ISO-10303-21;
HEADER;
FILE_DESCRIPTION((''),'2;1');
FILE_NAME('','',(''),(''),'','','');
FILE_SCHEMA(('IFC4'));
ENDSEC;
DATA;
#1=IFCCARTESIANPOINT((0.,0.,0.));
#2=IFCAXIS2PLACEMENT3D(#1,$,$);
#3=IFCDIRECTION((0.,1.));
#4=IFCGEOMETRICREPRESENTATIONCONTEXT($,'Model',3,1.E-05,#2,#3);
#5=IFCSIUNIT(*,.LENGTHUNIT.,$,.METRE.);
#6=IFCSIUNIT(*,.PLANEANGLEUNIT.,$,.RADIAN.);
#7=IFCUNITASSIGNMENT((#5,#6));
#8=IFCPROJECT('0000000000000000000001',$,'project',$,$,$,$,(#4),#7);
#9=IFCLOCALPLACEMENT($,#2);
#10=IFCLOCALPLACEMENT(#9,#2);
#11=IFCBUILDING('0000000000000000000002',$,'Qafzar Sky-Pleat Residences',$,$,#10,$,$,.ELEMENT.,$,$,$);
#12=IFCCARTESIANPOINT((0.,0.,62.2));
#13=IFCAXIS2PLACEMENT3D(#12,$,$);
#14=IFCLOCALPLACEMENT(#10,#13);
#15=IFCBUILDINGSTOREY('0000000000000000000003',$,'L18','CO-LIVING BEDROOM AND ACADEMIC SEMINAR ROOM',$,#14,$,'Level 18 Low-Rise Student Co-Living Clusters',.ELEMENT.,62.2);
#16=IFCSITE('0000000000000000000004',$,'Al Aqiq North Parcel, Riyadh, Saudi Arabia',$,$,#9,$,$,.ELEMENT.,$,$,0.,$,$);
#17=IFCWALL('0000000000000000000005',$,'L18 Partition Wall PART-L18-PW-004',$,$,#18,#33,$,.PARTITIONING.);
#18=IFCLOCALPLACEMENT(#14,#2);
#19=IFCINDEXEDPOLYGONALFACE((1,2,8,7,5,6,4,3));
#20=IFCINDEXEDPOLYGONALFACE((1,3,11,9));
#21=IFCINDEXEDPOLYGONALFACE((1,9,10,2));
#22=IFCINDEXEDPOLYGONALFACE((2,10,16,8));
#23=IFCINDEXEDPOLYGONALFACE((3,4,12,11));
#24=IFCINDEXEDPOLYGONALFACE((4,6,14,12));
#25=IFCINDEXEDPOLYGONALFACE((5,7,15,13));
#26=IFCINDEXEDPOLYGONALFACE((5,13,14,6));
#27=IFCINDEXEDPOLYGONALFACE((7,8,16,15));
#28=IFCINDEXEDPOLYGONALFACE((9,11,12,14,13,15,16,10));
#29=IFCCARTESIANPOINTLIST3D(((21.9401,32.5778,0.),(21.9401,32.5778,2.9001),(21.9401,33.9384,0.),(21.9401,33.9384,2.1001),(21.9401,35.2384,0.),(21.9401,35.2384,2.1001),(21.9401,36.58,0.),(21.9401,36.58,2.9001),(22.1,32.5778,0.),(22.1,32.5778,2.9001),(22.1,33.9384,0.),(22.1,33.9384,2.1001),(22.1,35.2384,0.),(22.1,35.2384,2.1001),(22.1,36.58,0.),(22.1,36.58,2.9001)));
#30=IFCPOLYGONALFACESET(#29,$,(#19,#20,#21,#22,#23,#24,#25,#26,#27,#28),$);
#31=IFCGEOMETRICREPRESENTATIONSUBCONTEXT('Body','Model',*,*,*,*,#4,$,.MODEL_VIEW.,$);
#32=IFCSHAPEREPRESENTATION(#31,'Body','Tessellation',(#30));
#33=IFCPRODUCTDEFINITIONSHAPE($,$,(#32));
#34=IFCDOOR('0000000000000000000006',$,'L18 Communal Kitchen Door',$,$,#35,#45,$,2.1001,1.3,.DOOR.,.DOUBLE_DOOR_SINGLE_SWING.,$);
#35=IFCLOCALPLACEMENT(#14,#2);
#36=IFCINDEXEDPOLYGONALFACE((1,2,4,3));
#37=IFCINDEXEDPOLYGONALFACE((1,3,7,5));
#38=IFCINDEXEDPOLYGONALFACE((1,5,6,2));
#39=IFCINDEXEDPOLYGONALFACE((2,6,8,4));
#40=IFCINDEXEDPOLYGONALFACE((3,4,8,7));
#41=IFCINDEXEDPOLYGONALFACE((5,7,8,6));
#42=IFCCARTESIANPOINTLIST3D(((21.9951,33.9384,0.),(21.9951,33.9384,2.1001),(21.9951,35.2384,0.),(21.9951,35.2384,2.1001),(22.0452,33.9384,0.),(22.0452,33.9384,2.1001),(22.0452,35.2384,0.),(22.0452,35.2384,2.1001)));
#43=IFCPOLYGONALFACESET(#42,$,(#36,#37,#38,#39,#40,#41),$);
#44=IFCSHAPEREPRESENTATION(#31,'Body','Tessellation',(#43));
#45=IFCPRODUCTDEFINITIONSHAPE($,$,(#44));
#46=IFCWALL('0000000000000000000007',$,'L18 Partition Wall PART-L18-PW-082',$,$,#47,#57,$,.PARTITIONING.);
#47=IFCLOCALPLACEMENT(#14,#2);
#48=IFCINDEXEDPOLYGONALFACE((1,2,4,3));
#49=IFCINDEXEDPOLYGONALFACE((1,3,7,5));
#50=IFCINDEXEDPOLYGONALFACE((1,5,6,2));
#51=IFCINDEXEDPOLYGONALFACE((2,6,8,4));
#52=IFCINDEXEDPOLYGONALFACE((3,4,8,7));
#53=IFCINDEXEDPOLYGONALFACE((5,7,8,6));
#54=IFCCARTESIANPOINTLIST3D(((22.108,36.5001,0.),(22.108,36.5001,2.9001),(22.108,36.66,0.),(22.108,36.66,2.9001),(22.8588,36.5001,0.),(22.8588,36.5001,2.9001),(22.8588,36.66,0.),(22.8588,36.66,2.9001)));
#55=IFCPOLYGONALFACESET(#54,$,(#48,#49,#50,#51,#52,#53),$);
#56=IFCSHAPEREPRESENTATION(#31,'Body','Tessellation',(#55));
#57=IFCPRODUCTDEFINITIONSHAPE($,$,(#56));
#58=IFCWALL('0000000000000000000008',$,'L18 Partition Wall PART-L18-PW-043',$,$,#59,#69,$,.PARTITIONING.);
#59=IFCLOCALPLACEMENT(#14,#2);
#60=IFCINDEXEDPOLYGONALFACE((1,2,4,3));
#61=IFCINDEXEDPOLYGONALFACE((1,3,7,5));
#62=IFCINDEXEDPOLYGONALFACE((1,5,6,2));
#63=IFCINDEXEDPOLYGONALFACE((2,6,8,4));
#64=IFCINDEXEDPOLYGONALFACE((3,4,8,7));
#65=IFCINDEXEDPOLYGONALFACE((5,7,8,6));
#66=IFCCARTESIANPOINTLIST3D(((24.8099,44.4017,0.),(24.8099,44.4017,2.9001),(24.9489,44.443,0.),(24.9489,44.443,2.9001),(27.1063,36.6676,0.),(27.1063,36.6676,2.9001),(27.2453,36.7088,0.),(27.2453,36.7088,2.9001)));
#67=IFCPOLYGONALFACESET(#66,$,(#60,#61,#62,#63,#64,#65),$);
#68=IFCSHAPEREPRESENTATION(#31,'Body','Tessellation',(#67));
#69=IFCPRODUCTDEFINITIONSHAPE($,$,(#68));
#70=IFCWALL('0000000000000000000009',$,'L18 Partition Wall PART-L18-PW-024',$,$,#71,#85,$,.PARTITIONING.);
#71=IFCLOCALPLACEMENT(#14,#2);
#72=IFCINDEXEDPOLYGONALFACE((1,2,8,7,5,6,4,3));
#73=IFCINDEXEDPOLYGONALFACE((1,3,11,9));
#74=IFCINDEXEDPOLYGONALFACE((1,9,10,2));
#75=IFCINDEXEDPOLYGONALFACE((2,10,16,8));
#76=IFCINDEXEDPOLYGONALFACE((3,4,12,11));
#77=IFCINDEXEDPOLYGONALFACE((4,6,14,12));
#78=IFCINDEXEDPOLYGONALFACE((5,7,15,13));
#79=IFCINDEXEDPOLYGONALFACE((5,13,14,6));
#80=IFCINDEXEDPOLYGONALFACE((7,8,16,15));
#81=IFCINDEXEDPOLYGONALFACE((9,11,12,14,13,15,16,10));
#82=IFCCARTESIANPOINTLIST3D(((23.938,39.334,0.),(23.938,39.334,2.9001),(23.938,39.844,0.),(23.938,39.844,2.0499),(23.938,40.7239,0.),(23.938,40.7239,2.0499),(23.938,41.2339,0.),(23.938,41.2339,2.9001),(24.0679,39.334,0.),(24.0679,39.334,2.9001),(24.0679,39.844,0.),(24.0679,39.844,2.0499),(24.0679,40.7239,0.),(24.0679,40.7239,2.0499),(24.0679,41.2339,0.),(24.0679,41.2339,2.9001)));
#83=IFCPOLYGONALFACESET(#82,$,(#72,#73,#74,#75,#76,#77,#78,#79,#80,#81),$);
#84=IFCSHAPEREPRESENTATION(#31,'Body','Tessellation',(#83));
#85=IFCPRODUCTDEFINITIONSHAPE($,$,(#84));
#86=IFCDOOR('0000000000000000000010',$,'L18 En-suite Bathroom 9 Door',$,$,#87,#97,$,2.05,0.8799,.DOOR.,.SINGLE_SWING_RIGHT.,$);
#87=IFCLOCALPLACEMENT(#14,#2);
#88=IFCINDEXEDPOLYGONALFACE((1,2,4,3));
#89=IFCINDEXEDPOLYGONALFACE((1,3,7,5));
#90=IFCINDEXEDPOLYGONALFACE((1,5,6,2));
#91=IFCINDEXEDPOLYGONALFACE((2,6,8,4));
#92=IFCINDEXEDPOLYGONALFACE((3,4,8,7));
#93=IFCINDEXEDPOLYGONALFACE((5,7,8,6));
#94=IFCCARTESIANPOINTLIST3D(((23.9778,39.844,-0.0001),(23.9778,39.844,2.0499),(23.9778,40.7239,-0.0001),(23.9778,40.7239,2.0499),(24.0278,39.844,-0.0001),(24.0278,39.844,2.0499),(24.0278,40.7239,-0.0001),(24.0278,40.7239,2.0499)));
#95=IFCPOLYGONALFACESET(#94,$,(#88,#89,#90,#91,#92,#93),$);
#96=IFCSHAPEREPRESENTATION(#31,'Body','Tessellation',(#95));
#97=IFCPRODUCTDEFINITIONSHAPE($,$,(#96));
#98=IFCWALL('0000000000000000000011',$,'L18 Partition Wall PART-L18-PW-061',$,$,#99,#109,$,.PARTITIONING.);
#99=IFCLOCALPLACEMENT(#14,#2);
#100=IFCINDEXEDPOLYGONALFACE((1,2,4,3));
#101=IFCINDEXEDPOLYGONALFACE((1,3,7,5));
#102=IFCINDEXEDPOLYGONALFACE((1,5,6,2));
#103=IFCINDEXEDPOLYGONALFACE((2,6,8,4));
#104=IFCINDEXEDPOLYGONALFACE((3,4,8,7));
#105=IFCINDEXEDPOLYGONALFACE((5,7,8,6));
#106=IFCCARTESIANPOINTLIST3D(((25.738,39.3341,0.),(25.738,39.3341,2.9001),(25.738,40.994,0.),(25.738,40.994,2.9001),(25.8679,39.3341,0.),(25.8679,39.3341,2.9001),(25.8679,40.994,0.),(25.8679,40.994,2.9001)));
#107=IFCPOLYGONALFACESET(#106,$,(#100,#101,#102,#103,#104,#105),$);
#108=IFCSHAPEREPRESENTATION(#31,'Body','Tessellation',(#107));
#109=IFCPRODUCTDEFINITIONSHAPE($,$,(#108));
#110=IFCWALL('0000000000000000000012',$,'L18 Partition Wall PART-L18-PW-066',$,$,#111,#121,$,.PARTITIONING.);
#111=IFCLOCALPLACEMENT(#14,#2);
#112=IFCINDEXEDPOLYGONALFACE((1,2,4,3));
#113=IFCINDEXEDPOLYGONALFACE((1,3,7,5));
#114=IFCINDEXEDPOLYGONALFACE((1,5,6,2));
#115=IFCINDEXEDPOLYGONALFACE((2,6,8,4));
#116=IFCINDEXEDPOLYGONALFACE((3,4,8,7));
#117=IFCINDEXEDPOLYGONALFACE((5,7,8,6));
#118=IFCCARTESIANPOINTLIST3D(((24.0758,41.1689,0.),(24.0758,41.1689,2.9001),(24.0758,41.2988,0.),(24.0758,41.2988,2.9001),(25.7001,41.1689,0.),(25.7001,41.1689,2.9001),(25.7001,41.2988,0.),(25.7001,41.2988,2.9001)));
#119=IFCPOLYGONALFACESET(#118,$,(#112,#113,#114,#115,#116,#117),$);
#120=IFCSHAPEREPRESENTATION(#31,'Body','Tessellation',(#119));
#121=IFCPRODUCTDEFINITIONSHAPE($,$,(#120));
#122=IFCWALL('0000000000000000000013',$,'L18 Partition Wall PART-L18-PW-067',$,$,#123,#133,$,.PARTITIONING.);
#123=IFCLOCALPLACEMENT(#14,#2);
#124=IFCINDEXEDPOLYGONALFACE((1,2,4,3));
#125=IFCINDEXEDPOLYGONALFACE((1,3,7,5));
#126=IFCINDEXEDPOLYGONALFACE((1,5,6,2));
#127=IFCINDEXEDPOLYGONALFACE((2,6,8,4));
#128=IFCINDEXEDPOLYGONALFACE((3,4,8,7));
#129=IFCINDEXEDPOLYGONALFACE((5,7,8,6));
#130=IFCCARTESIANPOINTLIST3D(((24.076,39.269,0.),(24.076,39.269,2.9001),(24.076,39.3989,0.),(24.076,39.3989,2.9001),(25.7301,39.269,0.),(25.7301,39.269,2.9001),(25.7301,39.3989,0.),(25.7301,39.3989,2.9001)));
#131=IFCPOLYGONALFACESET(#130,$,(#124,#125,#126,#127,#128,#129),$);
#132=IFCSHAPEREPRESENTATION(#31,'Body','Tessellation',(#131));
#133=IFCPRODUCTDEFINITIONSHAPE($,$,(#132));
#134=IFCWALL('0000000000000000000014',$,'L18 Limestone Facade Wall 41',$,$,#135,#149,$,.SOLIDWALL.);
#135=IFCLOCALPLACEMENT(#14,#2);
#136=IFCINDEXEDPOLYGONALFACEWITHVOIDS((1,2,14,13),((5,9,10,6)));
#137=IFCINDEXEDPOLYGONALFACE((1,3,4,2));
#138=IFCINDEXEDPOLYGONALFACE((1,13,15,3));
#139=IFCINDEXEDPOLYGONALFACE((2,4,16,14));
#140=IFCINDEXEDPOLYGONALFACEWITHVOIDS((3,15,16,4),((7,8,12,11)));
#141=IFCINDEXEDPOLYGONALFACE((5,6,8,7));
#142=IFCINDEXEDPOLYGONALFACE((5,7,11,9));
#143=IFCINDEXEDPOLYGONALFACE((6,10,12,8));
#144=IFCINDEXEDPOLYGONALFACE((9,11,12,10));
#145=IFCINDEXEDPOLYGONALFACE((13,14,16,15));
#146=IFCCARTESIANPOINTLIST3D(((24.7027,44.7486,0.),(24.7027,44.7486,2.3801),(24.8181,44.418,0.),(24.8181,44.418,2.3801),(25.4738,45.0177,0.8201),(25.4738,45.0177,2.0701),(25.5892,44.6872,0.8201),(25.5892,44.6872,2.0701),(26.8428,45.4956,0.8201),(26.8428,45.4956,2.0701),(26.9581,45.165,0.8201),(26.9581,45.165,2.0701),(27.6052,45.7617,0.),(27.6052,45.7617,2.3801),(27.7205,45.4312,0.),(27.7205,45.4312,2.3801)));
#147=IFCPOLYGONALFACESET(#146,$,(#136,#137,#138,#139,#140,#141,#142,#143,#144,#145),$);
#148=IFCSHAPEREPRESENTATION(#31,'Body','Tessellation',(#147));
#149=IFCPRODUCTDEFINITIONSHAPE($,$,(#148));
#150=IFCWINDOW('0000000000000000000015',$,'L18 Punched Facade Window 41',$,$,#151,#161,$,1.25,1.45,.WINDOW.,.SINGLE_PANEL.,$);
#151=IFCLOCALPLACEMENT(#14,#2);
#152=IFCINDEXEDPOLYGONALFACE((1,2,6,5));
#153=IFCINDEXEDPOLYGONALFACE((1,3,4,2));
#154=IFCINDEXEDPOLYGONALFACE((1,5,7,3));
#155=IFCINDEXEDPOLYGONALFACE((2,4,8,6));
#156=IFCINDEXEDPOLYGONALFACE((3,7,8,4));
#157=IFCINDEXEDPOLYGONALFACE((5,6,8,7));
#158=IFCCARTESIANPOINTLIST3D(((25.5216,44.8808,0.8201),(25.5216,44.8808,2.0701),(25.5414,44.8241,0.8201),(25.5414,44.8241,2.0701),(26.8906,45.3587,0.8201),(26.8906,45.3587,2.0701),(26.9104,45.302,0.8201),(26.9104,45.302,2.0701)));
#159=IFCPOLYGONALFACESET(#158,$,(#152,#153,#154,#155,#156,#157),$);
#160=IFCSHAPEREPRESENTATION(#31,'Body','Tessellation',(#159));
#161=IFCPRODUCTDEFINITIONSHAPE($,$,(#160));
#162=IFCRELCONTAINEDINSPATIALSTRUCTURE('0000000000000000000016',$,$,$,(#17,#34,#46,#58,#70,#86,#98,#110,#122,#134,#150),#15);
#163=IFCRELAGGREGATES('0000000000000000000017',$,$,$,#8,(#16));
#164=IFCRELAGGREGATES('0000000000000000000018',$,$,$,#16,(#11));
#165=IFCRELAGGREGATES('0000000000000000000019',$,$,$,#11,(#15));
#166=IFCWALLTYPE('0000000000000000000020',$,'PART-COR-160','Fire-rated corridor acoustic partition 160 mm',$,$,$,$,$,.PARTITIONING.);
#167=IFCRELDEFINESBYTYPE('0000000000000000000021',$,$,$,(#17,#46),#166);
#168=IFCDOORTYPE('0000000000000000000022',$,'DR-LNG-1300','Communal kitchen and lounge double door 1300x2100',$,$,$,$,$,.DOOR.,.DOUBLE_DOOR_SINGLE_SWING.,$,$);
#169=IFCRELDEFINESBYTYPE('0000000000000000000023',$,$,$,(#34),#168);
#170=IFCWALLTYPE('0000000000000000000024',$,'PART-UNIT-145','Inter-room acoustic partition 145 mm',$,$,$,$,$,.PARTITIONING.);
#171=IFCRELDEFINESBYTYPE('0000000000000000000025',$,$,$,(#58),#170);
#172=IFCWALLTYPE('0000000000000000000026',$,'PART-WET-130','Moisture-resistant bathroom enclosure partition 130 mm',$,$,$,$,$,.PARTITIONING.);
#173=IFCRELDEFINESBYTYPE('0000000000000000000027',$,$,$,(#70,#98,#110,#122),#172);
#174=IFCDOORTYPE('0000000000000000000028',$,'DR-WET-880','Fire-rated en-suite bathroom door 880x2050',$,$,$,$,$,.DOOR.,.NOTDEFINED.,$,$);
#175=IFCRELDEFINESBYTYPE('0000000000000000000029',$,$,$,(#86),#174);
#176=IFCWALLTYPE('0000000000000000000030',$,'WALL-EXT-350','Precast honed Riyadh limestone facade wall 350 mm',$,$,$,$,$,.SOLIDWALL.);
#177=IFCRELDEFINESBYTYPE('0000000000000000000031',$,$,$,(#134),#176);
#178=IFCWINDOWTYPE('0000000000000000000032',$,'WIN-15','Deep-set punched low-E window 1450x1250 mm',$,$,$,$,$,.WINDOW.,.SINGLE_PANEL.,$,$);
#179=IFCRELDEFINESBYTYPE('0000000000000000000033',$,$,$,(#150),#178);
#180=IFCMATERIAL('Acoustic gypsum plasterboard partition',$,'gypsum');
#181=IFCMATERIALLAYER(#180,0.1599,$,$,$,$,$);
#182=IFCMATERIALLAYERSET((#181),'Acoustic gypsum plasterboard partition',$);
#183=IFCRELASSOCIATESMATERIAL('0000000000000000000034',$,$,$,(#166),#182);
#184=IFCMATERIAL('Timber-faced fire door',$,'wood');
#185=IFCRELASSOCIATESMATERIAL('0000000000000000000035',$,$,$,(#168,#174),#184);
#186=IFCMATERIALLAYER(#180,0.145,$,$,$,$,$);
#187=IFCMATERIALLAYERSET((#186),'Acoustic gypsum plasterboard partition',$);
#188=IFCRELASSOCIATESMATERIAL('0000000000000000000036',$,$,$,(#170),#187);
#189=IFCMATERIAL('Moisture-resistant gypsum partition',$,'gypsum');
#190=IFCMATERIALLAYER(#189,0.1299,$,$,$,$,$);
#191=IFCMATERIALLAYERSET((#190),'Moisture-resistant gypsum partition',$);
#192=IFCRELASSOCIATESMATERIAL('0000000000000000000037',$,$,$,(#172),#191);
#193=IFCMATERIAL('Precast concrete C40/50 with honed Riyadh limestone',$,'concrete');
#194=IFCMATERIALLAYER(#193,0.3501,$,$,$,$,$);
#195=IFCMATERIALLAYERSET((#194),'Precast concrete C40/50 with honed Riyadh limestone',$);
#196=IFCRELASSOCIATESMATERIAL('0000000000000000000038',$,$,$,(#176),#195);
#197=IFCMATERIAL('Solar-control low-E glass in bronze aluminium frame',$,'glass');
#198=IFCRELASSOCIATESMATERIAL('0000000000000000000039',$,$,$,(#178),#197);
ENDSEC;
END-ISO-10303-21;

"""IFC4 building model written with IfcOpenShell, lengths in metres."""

from ifc_helpers import new_model, si_unit, direction, frame, frame_2d, origin, place, context, subcontext, project, spatial, rectangle, extrude, source, transform, mapped, material, layer, layer_set, type_object, element, fill, save


model = new_model("IFC4")

# Units and contexts
model_context = context("Model", 3, precision=1e-05, world=origin(), true_north=direction((0.0, 1.0)))
body_context = subcontext(model_context, "Body", "Model", "MODEL_VIEW")
ifc_project = project(units=[si_unit("LENGTHUNIT", "METRE"), si_unit("PLANEANGLEUNIT", "RADIAN")], contexts=[model_context])

# Site, building, storey
site_placement = place(None, origin())
site = spatial("IfcSite", under=ifc_project, at=site_placement, Name="Al Aqiq North Parcel, Riyadh, Saudi Arabia", CompositionType="ELEMENT", RefElevation=0.0)
building_placement = place(site_placement, origin())
building = spatial("IfcBuilding", under=site, at=building_placement, Name="Qafzar Sky-Pleat Residences", CompositionType="ELEMENT")
storey_placement = place(building_placement, frame((0.0, 0.0, 62.2)))
storey = spatial("IfcBuildingStorey", under=building, at=storey_placement, Name="L18", Description="CO-LIVING BEDROOM AND ACADEMIC SEMINAR ROOM", LongName="Level 18 Low-Rise Student Co-Living Clusters", CompositionType="ELEMENT", Elevation=62.2)

# Wall, opening, door
ifc_material_1 = material(Name="Acoustic gypsum plasterboard partition", Category="gypsum")
ifc_layer_1 = layer(ifc_material_1, 0.1599)
ifc_layer_set_1 = layer_set([ifc_layer_1], Name="Acoustic gypsum plasterboard partition")
wall_type_1 = type_object("IfcWallType", Name="PART-COR-160", Description="Fire-rated corridor acoustic partition 160 mm", PredefinedType="PARTITIONING", material=ifc_layer_set_1)
ifc_material_2 = material(Name="Timber-faced fire door", Category="wood")
door_type_1 = type_object("IfcDoorType", Name="DR-LNG-1300", Description="Communal kitchen and lounge double door 1300x2100", OperationType="DOUBLE_DOOR_SINGLE_SWING", PredefinedType="DOOR", material=ifc_material_2)
shared_shape_1 = source(origin(), body_context, "Body", "SweptSolid", [
    extrude(rectangle(XDim=1.3, YDim=2.1001, at=frame_2d((0.6499, 1.05))), frame((0.0, 0.0249, 0.0), z_axis=(0.0, -1.0, 0.0), x_axis=(1.0, 0.0, 0.0)), (0.0, 0.0, 1.0), 0.05),
])
wall_1_placement = place(storey_placement, frame((22.02, 32.5779, 0.0), z_axis=(0.0, 0.0, 1.0), x_axis=(0.0, 1.0, 0.0)))
wall_1 = element("IfcWall", 1, at=wall_1_placement, inside=storey, type_object=wall_type_1, Name="L18 Partition Wall PART-L18-PW-004", PredefinedType="PARTITIONING", context=body_context, shape_type="SweptSolid", body=[
    extrude(rectangle(XDim=4.0022, YDim=0.1599, at=frame_2d((2.001, 0.0))), origin(), (0.0, 0.0, 1.0), 2.9001),
])
opening_1_placement = place(wall_1_placement, frame((1.3606, 0.0, 0.0)))
opening_1 = element("IfcOpeningElement", 2, at=opening_1_placement, cuts=wall_1, PredefinedType="OPENING", context=body_context, shape_type="SweptSolid", body=[
    extrude(rectangle(XDim=1.3, YDim=2.1001, at=frame_2d((0.6499, 1.05))), frame((0.0, 0.0898, 0.0), z_axis=(0.0, -1.0, 0.0), x_axis=(1.0, 0.0, 0.0)), (0.0, 0.0, 1.0), 0.1799),
])
door_1_placement = place(opening_1_placement, origin())
door_1 = element("IfcDoor", 3, at=door_1_placement, inside=storey, type_object=door_type_1, Name="L18 Communal Kitchen Door", OperationType="DOUBLE_DOOR_SINGLE_SWING", OverallHeight=2.1001, OverallWidth=1.3, PredefinedType="DOOR", context=body_context, shape_type="MappedRepresentation", body=[
    mapped(shared_shape_1, transform((0.0, 0.0, 0.0), x_axis=(1.0, 0.0, 0.0), y_axis=(0.0, 1.0, 0.0), z_axis=(0.0, 0.0, 1.0), scale=1.0)),
])
fill(opening_1, door_1)

# Walls
wall_2_placement = place(storey_placement, frame((22.1079, 36.5801, 0.0), z_axis=(0.0, 0.0, 1.0), x_axis=(1.0, 0.0, 0.0)))
element("IfcWall", 4, at=wall_2_placement, inside=storey, type_object=wall_type_1, Name="L18 Partition Wall PART-L18-PW-082", PredefinedType="PARTITIONING", context=body_context, shape_type="SweptSolid", body=[
    extrude(rectangle(XDim=0.7507, YDim=0.1599, at=frame_2d((0.3755, 0.0))), origin(), (0.0, 0.0, 1.0), 2.9001),
])
ifc_layer_2 = layer(ifc_material_1, 0.145)
ifc_layer_set_2 = layer_set([ifc_layer_2], Name="Acoustic gypsum plasterboard partition")
wall_type_2 = type_object("IfcWallType", Name="PART-UNIT-145", Description="Inter-room acoustic partition 145 mm", PredefinedType="PARTITIONING", material=ifc_layer_set_2)
wall_3_placement = place(storey_placement, frame((24.8794, 44.4224, 0.0), z_axis=(0.0, 0.0, 1.0), x_axis=(0.284634, -0.958636, 0.0)))
element("IfcWall", 5, at=wall_3_placement, inside=storey, type_object=wall_type_2, Name="L18 Partition Wall PART-L18-PW-043", PredefinedType="PARTITIONING", context=body_context, shape_type="SweptSolid", body=[
    extrude(rectangle(XDim=8.0679, YDim=0.145, at=frame_2d((4.0339, 0.0))), origin(), (0.0, 0.0, 1.0), 2.9001),
])

# Wall, opening, door
ifc_material_3 = material(Name="Moisture-resistant gypsum partition", Category="gypsum")
ifc_layer_3 = layer(ifc_material_3, 0.1299)
ifc_layer_set_3 = layer_set([ifc_layer_3], Name="Moisture-resistant gypsum partition")
wall_type_3 = type_object("IfcWallType", Name="PART-WET-130", Description="Moisture-resistant bathroom enclosure partition 130 mm", PredefinedType="PARTITIONING", material=ifc_layer_set_3)
wall_4_placement = place(storey_placement, frame((24.0029, 41.2339, 0.0), z_axis=(0.0, 0.0, 1.0), x_axis=(0.0, -1.0, 0.0)))
wall_4 = element("IfcWall", 6, at=wall_4_placement, inside=storey, type_object=wall_type_3, Name="L18 Partition Wall PART-L18-PW-024", PredefinedType="PARTITIONING", context=body_context, shape_type="SweptSolid", body=[
    extrude(rectangle(XDim=1.8999, YDim=0.1299, at=frame_2d((0.95, 0.0))), origin(), (0.0, 0.0, 1.0), 2.9001),
])
opening_2_placement = place(wall_4_placement, frame((0.51, 0.0, 0.0)))
opening_2 = element("IfcOpeningElement", 7, at=opening_2_placement, cuts=wall_4, PredefinedType="OPENING", context=body_context, shape_type="SweptSolid", body=[
    extrude(rectangle(XDim=0.8799, YDim=2.05, at=frame_2d((0.4399, 1.0249))), frame((0.0, 0.075, 0.0), z_axis=(0.0, -1.0, 0.0), x_axis=(1.0, 0.0, 0.0)), (0.0, 0.0, 1.0), 0.1499),
])
door_type_2 = type_object("IfcDoorType", Name="DR-WET-880", Description="Fire-rated en-suite bathroom door 880x2050", OperationType="NOTDEFINED", PredefinedType="DOOR", material=ifc_material_2)
shared_shape_2 = source(origin(), body_context, "Body", "SweptSolid", [
    extrude(rectangle(XDim=0.8799, YDim=2.05, at=frame_2d((0.4399, 1.0249))), frame((0.0, 0.0249, 0.0), z_axis=(0.0, -1.0, 0.0), x_axis=(1.0, 0.0, 0.0)), (0.0, 0.0, 1.0), 0.05),
])
door_2_placement = place(opening_2_placement, origin())
door_2 = element("IfcDoor", 8, at=door_2_placement, inside=storey, type_object=door_type_2, Name="L18 En-suite Bathroom 9 Door", OperationType="SINGLE_SWING_RIGHT", OverallHeight=2.05, OverallWidth=0.8799, PredefinedType="DOOR", context=body_context, shape_type="MappedRepresentation", body=[
    mapped(shared_shape_2, transform((0.0, 0.0, 0.0), x_axis=(1.0, 0.0, 0.0), y_axis=(0.0, 1.0, 0.0), z_axis=(0.0, 0.0, 1.0), scale=1.0)),
])
fill(opening_2, door_2)

# Walls
wall_5_placement = place(storey_placement, frame((25.803, 39.334, 0.0), z_axis=(0.0, 0.0, 1.0), x_axis=(0.0, 1.0, 0.0)))
element("IfcWall", 9, at=wall_5_placement, inside=storey, type_object=wall_type_3, Name="L18 Partition Wall PART-L18-PW-061", PredefinedType="PARTITIONING", context=body_context, shape_type="SweptSolid", body=[
    extrude(rectangle(XDim=1.6599, YDim=0.1299, at=frame_2d((0.8301, 0.0))), origin(), (0.0, 0.0, 1.0), 2.9001),
])
wall_6_placement = place(storey_placement, frame((24.0759, 41.2339, 0.0), z_axis=(0.0, 0.0, 1.0), x_axis=(1.0, 0.0, 0.0)))
element("IfcWall", 10, at=wall_6_placement, inside=storey, type_object=wall_type_3, Name="L18 Partition Wall PART-L18-PW-066", PredefinedType="PARTITIONING", context=body_context, shape_type="SweptSolid", body=[
    extrude(rectangle(XDim=1.6243, YDim=0.1299, at=frame_2d((0.812, 0.0))), origin(), (0.0, 0.0, 1.0), 2.9001),
])
wall_7_placement = place(storey_placement, frame((24.0759, 39.334, 0.0), z_axis=(0.0, 0.0, 1.0), x_axis=(1.0, 0.0, 0.0)))
element("IfcWall", 11, at=wall_7_placement, inside=storey, type_object=wall_type_3, Name="L18 Partition Wall PART-L18-PW-067", PredefinedType="PARTITIONING", context=body_context, shape_type="SweptSolid", body=[
    extrude(rectangle(XDim=1.6541, YDim=0.1299, at=frame_2d((0.8271, 0.0))), origin(), (0.0, 0.0, 1.0), 2.9001),
])

# Wall, opening, window
ifc_material_4 = material(Name="Precast concrete C40/50 with honed Riyadh limestone", Category="concrete")
ifc_layer_4 = layer(ifc_material_4, 0.3501)
ifc_layer_set_4 = layer_set([ifc_layer_4], Name="Precast concrete C40/50 with honed Riyadh limestone")
wall_type_4 = type_object("IfcWallType", Name="WALL-EXT-350", Description="Precast honed Riyadh limestone facade wall 350 mm", PredefinedType="SOLIDWALL", material=ifc_layer_set_4)
wall_8_placement = place(storey_placement, frame((27.6628, 45.5964, 0.0), z_axis=(0.0, 0.0, 1.0), x_axis=(-0.944134, -0.329561, 0.0)))
wall_8 = element("IfcWall", 12, at=wall_8_placement, inside=storey, type_object=wall_type_4, Name="L18 Limestone Facade Wall 41", PredefinedType="SOLIDWALL", context=body_context, shape_type="SweptSolid", body=[
    extrude(rectangle(XDim=3.0742, YDim=0.3501, at=frame_2d((1.5371, 0.0))), origin(), (0.0, 0.0, 1.0), 2.3801),
])
opening_3_placement = place(wall_8_placement, frame((0.8074, 0.0, 0.8201)))
opening_3 = element("IfcOpeningElement", 13, at=opening_3_placement, cuts=wall_8, PredefinedType="OPENING", context=body_context, shape_type="SweptSolid", body=[
    extrude(rectangle(XDim=1.45, YDim=1.25, at=frame_2d((0.7251, 0.625))), frame((0.0, 0.1851, 0.0), z_axis=(0.0, -1.0, 0.0), x_axis=(1.0, 0.0, 0.0)), (0.0, 0.0, 1.0), 0.3701),
])
ifc_material_5 = material(Name="Solar-control low-E glass in bronze aluminium frame", Category="glass")
window_type_1 = type_object("IfcWindowType", Name="WIN-15", Description="Deep-set punched low-E window 1450x1250 mm", PartitioningType="SINGLE_PANEL", PredefinedType="WINDOW", material=ifc_material_5)
shared_shape_3 = source(origin(), body_context, "Body", "SweptSolid", [
    extrude(rectangle(XDim=1.45, YDim=1.25, at=frame_2d((0.7251, 0.625))), frame((0.0, 0.03, 0.0), z_axis=(0.0, -1.0, 0.0), x_axis=(1.0, 0.0, 0.0)), (0.0, 0.0, 1.0), 0.0601),
])
window_1_placement = place(opening_3_placement, origin())
window_1 = element("IfcWindow", 14, at=window_1_placement, inside=storey, type_object=window_type_1, Name="L18 Punched Facade Window 41", OverallHeight=1.25, OverallWidth=1.45, PartitioningType="SINGLE_PANEL", PredefinedType="WINDOW", context=body_context, shape_type="MappedRepresentation", body=[
    mapped(shared_shape_3, transform((0.0, 0.0, 0.0), x_axis=(1.0, 0.0, 0.0), y_axis=(0.0, 1.0, 0.0), z_axis=(0.0, 0.0, 1.0), scale=1.0)),
])
fill(opening_3, window_1)

save(model, "model.ifc")
